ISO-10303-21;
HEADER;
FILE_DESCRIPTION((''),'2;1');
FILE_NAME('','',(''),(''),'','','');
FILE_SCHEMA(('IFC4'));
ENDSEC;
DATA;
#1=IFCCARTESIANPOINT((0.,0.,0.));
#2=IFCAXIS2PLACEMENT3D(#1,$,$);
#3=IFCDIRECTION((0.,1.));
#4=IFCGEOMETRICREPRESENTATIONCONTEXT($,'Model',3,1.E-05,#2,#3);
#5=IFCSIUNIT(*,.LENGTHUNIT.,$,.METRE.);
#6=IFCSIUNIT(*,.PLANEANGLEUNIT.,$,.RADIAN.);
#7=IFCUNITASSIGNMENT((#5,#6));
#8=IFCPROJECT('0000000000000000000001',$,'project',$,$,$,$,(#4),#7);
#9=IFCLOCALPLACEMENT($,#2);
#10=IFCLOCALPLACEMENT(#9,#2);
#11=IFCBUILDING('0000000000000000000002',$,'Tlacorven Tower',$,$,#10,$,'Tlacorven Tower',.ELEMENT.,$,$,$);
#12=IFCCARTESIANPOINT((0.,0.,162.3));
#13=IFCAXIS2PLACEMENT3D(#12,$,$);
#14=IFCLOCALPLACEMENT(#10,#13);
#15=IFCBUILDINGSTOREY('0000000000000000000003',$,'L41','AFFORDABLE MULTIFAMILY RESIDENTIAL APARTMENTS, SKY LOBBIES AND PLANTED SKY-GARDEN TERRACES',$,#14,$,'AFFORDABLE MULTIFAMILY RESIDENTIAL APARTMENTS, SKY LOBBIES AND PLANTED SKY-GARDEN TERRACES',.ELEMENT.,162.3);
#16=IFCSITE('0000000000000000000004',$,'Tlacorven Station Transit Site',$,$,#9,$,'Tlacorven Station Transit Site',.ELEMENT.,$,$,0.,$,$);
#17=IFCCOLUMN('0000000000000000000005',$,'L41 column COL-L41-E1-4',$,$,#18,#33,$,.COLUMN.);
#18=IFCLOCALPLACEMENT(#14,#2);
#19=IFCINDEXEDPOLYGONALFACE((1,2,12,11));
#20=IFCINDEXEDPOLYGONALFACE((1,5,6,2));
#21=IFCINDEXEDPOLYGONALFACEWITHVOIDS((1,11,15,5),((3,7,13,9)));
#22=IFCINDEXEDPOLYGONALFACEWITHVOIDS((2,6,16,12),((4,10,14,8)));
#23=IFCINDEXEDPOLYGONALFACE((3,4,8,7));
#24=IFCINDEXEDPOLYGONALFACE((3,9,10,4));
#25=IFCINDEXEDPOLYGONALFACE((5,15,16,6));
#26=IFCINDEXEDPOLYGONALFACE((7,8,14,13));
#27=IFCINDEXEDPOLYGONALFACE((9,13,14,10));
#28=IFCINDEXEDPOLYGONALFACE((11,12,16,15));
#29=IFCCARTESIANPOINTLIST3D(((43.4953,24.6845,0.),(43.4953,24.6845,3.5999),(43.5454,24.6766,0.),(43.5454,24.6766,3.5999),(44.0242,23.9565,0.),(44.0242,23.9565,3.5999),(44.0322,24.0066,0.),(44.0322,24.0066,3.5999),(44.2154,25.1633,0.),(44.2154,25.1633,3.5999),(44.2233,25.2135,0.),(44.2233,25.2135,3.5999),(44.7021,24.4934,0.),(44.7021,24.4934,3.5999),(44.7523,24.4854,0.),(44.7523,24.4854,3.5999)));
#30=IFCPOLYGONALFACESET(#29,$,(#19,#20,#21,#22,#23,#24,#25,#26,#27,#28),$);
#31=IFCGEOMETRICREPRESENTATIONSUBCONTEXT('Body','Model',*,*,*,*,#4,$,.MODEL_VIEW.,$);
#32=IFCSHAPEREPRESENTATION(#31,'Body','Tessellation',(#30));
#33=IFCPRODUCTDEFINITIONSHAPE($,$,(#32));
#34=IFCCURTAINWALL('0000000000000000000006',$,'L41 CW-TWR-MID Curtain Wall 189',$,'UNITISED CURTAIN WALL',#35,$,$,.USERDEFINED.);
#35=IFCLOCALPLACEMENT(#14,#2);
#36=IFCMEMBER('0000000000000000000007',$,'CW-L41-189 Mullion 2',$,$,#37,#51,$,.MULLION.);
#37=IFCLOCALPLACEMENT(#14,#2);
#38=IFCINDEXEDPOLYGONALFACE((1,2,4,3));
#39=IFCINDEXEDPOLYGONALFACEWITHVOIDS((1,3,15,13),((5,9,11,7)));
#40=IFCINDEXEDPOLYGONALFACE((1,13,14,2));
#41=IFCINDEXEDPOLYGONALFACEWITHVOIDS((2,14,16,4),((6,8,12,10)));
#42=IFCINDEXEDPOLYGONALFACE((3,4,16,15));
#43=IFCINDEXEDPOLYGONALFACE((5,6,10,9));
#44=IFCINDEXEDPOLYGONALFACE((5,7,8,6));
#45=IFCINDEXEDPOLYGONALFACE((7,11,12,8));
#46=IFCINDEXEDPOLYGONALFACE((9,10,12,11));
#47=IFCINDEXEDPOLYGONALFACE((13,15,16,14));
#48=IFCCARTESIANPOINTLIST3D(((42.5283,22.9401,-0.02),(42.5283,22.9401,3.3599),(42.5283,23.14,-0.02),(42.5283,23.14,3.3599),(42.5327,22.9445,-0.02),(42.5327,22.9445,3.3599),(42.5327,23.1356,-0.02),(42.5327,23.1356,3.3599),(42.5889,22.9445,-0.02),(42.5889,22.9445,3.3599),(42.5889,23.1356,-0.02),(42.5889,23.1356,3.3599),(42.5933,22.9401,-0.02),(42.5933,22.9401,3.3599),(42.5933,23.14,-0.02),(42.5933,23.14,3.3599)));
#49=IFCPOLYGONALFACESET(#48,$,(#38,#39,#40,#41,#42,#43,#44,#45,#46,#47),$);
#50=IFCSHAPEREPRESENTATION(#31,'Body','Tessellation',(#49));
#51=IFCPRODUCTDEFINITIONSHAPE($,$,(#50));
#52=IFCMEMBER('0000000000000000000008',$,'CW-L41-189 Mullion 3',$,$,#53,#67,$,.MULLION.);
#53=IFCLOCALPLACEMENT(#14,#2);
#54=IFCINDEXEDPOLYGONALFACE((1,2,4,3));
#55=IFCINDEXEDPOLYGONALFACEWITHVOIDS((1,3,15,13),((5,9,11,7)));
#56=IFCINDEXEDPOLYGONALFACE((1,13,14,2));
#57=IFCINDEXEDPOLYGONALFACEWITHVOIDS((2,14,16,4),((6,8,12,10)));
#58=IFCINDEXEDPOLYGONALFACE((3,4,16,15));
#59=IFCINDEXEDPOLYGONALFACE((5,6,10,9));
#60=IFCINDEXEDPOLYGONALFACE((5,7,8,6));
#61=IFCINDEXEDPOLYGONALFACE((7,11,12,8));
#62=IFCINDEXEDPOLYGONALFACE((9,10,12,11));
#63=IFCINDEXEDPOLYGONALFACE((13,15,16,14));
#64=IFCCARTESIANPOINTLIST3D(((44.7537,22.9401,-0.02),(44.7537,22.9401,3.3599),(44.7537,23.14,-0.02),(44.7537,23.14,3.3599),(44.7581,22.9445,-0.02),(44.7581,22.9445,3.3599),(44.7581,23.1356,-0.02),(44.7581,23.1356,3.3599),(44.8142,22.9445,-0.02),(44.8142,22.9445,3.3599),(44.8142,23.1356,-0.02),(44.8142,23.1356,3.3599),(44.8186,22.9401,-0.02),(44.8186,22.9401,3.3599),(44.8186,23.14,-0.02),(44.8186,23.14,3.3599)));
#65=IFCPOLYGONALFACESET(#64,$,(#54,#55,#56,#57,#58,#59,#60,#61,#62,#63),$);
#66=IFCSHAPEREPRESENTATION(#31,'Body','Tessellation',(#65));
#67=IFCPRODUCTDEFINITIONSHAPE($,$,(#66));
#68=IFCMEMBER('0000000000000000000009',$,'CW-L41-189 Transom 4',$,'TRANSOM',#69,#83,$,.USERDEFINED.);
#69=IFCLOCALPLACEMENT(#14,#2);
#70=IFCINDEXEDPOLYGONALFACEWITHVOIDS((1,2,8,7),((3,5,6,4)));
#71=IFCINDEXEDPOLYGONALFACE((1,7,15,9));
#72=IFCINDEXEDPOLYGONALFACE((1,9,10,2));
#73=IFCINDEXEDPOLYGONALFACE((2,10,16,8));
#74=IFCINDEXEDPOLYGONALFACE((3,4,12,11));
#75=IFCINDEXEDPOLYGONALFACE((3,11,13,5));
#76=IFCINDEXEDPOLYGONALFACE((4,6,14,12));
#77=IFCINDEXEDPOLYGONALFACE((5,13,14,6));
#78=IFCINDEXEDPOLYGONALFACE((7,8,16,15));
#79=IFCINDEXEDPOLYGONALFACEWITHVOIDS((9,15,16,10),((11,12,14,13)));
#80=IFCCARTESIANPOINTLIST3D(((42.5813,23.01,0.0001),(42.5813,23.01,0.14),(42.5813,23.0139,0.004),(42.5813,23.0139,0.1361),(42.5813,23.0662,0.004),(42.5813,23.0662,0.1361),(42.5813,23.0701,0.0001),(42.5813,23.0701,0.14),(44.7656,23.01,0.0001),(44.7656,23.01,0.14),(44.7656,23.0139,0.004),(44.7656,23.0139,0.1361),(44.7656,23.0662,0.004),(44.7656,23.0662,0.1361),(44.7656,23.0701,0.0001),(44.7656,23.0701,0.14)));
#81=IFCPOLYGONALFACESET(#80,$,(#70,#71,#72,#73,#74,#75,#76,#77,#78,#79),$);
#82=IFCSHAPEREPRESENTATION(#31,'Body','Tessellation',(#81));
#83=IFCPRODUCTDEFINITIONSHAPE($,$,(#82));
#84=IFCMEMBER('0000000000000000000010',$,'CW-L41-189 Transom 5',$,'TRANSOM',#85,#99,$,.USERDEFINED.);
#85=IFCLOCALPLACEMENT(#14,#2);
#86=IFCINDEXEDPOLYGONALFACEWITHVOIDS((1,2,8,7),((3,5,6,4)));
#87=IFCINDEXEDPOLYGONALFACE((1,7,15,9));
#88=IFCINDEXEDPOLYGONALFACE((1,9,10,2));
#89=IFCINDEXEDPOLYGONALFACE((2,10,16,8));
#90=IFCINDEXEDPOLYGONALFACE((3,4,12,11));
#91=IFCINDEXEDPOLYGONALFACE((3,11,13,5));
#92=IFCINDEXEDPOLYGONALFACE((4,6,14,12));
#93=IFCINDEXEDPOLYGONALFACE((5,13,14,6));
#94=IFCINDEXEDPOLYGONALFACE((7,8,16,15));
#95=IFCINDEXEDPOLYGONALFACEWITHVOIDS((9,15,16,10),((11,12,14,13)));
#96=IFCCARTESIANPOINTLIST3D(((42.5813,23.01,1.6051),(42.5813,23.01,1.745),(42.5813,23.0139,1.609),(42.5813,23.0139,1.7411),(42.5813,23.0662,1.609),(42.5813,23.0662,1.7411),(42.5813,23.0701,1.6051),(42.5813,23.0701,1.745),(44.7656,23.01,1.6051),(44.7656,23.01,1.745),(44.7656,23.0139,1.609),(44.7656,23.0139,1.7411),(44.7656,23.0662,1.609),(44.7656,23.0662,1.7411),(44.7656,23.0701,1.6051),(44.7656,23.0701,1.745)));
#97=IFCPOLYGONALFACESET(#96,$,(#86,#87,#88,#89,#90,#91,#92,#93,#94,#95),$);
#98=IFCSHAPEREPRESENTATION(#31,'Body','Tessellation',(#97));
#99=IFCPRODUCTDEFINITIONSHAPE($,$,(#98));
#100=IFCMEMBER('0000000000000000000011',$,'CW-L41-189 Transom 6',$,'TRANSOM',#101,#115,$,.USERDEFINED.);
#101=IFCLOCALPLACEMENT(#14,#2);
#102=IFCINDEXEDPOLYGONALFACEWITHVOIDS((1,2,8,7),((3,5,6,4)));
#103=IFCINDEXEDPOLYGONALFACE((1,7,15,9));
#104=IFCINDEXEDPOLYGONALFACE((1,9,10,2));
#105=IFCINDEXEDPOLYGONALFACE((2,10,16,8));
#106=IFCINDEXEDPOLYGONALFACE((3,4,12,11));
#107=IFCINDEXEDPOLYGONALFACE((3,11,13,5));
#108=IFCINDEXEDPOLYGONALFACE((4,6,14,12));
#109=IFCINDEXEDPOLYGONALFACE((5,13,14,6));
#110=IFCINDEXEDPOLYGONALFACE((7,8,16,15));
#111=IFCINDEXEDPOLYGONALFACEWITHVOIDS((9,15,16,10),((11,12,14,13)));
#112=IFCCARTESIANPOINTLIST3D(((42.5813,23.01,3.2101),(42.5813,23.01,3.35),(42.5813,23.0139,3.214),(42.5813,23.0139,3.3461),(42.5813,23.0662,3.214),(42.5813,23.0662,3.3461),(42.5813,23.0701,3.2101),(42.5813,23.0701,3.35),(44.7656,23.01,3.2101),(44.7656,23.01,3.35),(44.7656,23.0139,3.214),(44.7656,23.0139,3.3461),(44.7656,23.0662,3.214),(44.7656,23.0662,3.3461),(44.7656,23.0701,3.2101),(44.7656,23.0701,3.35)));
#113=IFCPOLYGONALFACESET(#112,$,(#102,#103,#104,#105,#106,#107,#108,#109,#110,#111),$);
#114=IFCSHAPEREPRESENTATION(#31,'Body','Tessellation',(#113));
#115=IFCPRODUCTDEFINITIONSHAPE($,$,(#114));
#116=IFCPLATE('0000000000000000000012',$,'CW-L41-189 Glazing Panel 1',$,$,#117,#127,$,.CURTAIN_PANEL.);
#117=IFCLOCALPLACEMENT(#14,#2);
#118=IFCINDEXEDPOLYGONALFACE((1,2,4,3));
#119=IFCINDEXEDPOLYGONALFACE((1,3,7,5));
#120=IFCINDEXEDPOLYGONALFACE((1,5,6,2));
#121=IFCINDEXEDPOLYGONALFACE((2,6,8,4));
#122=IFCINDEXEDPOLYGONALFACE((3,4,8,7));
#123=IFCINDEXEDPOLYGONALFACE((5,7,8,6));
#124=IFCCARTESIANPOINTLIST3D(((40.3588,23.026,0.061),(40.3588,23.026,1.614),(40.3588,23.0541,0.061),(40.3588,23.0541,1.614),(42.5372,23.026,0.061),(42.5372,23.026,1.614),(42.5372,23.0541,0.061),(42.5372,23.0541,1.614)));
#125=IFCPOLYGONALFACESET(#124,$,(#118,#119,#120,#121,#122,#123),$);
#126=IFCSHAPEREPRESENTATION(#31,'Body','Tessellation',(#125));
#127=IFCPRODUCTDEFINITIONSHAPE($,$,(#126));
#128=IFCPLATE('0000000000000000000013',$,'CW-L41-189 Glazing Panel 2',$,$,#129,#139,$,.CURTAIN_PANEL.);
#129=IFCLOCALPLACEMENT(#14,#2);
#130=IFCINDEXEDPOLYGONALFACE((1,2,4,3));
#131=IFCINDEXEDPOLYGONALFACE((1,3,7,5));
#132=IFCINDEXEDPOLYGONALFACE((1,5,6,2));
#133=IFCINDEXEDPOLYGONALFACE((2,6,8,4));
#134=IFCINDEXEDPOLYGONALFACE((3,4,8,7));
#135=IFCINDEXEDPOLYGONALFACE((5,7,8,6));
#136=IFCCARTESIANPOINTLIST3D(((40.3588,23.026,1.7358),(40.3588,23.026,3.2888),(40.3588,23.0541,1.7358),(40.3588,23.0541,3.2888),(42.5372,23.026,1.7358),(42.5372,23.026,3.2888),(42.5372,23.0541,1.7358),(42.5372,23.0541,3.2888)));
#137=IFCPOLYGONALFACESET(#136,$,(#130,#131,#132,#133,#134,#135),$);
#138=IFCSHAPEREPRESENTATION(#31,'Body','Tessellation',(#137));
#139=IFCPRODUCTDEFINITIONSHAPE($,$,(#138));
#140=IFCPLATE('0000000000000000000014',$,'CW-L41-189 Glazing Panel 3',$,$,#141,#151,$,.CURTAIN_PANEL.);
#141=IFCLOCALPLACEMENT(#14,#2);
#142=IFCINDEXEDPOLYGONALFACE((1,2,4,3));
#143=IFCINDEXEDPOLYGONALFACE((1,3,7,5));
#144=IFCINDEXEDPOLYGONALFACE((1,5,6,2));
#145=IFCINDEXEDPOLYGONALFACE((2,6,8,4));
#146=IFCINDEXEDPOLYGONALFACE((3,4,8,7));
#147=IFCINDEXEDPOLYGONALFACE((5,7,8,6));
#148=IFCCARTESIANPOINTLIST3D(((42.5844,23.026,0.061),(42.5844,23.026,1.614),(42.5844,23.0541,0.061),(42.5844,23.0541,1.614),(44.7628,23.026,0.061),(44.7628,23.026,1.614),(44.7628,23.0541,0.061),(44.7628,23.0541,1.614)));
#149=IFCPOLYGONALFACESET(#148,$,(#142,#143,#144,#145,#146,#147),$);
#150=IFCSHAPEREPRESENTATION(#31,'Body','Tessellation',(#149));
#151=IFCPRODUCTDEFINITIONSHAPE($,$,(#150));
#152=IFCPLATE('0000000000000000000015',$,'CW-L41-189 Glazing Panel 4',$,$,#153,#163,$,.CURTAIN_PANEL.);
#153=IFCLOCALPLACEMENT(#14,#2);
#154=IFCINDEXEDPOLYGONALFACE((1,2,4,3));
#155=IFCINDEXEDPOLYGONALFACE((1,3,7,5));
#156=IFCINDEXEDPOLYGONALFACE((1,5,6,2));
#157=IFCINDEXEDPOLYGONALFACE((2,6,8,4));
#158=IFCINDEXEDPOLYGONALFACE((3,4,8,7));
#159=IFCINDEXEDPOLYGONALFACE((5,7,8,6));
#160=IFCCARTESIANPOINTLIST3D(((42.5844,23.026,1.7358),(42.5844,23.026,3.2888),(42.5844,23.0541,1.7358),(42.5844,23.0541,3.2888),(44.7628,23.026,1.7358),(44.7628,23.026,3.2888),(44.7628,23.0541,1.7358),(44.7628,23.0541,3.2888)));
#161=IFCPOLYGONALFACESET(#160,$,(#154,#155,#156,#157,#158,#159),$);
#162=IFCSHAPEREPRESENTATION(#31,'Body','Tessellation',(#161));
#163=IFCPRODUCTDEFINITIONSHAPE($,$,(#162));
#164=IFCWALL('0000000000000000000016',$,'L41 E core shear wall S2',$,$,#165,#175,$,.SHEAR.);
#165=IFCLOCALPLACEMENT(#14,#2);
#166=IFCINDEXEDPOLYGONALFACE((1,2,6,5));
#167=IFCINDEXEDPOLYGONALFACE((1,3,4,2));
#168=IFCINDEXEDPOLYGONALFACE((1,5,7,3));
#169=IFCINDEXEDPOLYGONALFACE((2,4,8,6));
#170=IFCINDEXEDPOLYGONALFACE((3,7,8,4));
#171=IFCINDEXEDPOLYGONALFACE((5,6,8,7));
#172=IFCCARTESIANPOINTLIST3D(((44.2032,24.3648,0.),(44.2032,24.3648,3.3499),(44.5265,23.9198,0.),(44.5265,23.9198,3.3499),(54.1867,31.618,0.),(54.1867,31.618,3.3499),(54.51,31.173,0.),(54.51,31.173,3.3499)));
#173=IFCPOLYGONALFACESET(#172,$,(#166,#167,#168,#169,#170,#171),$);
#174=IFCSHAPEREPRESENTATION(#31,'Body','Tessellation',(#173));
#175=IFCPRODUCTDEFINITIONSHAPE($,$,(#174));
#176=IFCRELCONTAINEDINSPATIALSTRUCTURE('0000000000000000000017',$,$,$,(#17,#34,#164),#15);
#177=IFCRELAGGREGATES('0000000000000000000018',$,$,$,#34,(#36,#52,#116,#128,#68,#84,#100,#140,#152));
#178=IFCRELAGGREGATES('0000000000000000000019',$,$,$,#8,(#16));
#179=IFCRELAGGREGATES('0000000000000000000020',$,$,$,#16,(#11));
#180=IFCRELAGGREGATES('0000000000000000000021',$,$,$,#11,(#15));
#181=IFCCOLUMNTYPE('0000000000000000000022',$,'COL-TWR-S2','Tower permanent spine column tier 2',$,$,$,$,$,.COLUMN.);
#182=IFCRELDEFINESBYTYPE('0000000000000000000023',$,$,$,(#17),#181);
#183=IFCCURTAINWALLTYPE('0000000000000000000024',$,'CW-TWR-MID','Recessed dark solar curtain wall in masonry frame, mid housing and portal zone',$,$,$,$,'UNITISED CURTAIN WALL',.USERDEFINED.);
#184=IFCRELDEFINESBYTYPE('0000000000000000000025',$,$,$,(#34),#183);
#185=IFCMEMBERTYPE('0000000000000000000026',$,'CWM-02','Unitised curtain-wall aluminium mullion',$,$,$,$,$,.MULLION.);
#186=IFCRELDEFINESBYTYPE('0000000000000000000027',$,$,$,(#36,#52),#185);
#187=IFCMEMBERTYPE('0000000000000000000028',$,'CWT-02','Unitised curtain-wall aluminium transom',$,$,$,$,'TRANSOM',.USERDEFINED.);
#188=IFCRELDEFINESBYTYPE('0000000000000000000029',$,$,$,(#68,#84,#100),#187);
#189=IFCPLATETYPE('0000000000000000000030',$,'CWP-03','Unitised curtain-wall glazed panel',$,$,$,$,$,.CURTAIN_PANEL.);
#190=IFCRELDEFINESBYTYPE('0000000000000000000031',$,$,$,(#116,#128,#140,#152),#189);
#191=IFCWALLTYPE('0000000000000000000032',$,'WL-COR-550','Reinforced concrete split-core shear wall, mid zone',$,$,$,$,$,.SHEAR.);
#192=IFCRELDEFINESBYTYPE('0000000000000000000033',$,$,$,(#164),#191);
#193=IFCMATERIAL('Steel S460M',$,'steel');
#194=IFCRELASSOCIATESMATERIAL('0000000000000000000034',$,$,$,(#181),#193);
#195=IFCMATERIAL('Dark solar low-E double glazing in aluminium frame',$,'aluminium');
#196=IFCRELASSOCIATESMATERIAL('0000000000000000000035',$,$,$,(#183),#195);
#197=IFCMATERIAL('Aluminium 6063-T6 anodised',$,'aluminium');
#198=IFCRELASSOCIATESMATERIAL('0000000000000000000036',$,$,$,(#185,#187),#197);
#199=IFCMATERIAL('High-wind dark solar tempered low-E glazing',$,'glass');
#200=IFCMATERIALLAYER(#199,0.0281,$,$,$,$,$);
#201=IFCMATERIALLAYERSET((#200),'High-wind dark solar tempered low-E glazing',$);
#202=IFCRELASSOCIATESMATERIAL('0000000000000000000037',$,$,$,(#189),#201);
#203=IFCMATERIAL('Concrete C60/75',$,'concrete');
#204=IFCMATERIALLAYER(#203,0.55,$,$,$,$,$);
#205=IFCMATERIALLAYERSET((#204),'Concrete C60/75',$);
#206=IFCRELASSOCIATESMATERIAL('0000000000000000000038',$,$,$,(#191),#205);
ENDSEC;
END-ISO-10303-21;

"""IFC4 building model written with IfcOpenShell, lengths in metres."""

from ifc_helpers import new_model, si_unit, direction, frame, frame_2d, origin, origin_2d, place, context, subcontext, project, spatial, rectangle, hollow_rectangle, extrude, source, transform, mapped, material, layer, layer_set, material_profile, profile_set, type_object, element, aggregate, save


model = new_model("IFC4")

# Units and contexts
model_context = context("Model", 3, precision=1e-05, world=origin(), true_north=direction((0.0, 1.0)))
body_context = subcontext(model_context, "Body", "Model", "MODEL_VIEW")
ifc_project = project(units=[si_unit("LENGTHUNIT", "METRE"), si_unit("PLANEANGLEUNIT", "RADIAN")], contexts=[model_context])

# Site, building, storey
site_placement = place(None, origin())
site = spatial("IfcSite", under=ifc_project, at=site_placement, Name="Tlacorven Station Transit Site", LongName="Tlacorven Station Transit Site", CompositionType="ELEMENT", RefElevation=0.0)
building_placement = place(site_placement, origin())
building = spatial("IfcBuilding", under=site, at=building_placement, Name="Tlacorven Tower", LongName="Tlacorven Tower", CompositionType="ELEMENT")
storey_placement = place(building_placement, frame((0.0, 0.0, 162.3)))
storey = spatial("IfcBuildingStorey", under=building, at=storey_placement, Name="L41", Description="AFFORDABLE MULTIFAMILY RESIDENTIAL APARTMENTS, SKY LOBBIES AND PLANTED SKY-GARDEN TERRACES", LongName="AFFORDABLE MULTIFAMILY RESIDENTIAL APARTMENTS, SKY LOBBIES AND PLANTED SKY-GARDEN TERRACES", CompositionType="ELEMENT", Elevation=162.3)

# Column
ifc_material_1 = material(Name="Steel S460M", Category="steel")
ifc_material_profile_1 = material_profile(ifc_material_1, hollow_rectangle(XDim=0.8999, YDim=0.8999, WallThickness=0.0359, at=origin_2d()), Name="BOX 900X900X36")
ifc_profile_set_1 = profile_set([ifc_material_profile_1], Name="Steel S460M")
column_type = type_object("IfcColumnType", Name="COL-TWR-S2", Description="Tower permanent spine column tier 2", PredefinedType="COLUMN", material=ifc_profile_set_1)
shared_shape_1 = source(origin(), body_context, "Body", "SweptSolid", [
    extrude(hollow_rectangle(XDim=0.8999, YDim=0.8999, WallThickness=0.0359, at=origin_2d()), origin(), (0.0, 0.0, 1.0), 3.5999),
])
column_placement = place(storey_placement, frame((44.1238, 24.585, 0.0), z_axis=(0.0, 0.0, 1.0), x_axis=(0.809017, 0.587785, 0.0)))
element("IfcColumn", 1, at=column_placement, inside=storey, type_object=column_type, Name="L41 column COL-L41-E1-4", PredefinedType="COLUMN", context=body_context, shape_type="MappedRepresentation", body=[
    mapped(shared_shape_1, transform((0.0, 0.0, 0.0), scale=1.0)),
])

# Curtain wall, members, plates
ifc_material_2 = material(Name="Dark solar low-E double glazing in aluminium frame", Category="aluminium")
curtain_wall_type = type_object("IfcCurtainWallType", Name="CW-TWR-MID", Description="Recessed dark solar curtain wall in masonry frame, mid housing and portal zone", ElementType="UNITISED CURTAIN WALL", PredefinedType="USERDEFINED", material=ifc_material_2)
curtain_wall_placement = place(storey_placement, origin())
curtain_wall = element("IfcCurtainWall", 2, at=curtain_wall_placement, inside=storey, type_object=curtain_wall_type, Name="L41 CW-TWR-MID Curtain Wall 189", ObjectType="UNITISED CURTAIN WALL", PredefinedType="USERDEFINED")
ifc_material_3 = material(Name="Aluminium 6063-T6 anodised", Category="aluminium")
ifc_material_profile_2 = material_profile(ifc_material_3, hollow_rectangle(XDim=0.0649, YDim=0.2, WallThickness=0.0044, at=origin_2d()), Name="ALU MULLION 65X200")
ifc_profile_set_2 = profile_set([ifc_material_profile_2], Name="Aluminium 6063-T6 anodised")
member_type_1 = type_object("IfcMemberType", Name="CWM-02", Description="Unitised curtain-wall aluminium mullion", PredefinedType="MULLION", material=ifc_profile_set_2)
shared_shape_2 = source(origin(), body_context, "Body", "SweptSolid", [
    extrude(hollow_rectangle(XDim=0.0649, YDim=0.2, WallThickness=0.0044, at=origin_2d()), origin(), (0.0, 0.0, 1.0), 3.3799),
])
member_1_placement = place(storey_placement, frame((42.5608, 23.04, -0.02), z_axis=(0.0, 0.0, 1.0), x_axis=(1.0, 0.0, 0.0)))
member_1 = element("IfcMember", 3, at=member_1_placement, type_object=member_type_1, Name="CW-L41-189 Mullion 2", PredefinedType="MULLION", context=body_context, shape_type="MappedRepresentation", body=[
    mapped(shared_shape_2, transform((0.0, 0.0, 0.0), scale=1.0)),
])
member_2_placement = place(storey_placement, frame((44.7861, 23.04, -0.02), z_axis=(0.0, 0.0, 1.0), x_axis=(1.0, 0.0, 0.0)))
member_2 = element("IfcMember", 4, at=member_2_placement, type_object=member_type_1, Name="CW-L41-189 Mullion 3", PredefinedType="MULLION", context=body_context, shape_type="MappedRepresentation", body=[
    mapped(shared_shape_2, transform((0.0, 0.0, 0.0), scale=1.0)),
])
ifc_material_profile_3 = material_profile(ifc_material_3, hollow_rectangle(XDim=0.0601, YDim=0.1399, WallThickness=0.0039, at=origin_2d()), Name="ALU TRANSOM 60X140")
ifc_profile_set_3 = profile_set([ifc_material_profile_3], Name="Aluminium 6063-T6 anodised")
member_type_2 = type_object("IfcMemberType", Name="CWT-02", Description="Unitised curtain-wall aluminium transom", ElementType="TRANSOM", PredefinedType="USERDEFINED", material=ifc_profile_set_3)
shared_shape_3 = source(origin(), body_context, "Body", "SweptSolid", [
    extrude(hollow_rectangle(XDim=0.0601, YDim=0.1399, WallThickness=0.0039, at=origin_2d()), origin(), (0.0, 0.0, 1.0), 2.1843),
])
member_3_placement = place(storey_placement, frame((42.5813, 23.04, 0.0701), z_axis=(1.0, 0.0, 0.0), x_axis=(0.0, 1.0, 0.0)))
member_3 = element("IfcMember", 5, at=member_3_placement, type_object=member_type_2, Name="CW-L41-189 Transom 4", ObjectType="TRANSOM", PredefinedType="USERDEFINED", context=body_context, shape_type="MappedRepresentation", body=[
    mapped(shared_shape_3, transform((0.0, 0.0, 0.0), scale=1.0)),
])
member_4_placement = place(storey_placement, frame((42.5813, 23.04, 1.675), z_axis=(1.0, 0.0, 0.0), x_axis=(0.0, 1.0, 0.0)))
member_4 = element("IfcMember", 6, at=member_4_placement, type_object=member_type_2, Name="CW-L41-189 Transom 5", ObjectType="TRANSOM", PredefinedType="USERDEFINED", context=body_context, shape_type="MappedRepresentation", body=[
    mapped(shared_shape_3, transform((0.0, 0.0, 0.0), scale=1.0)),
])
member_5_placement = place(storey_placement, frame((42.5813, 23.04, 3.28), z_axis=(1.0, 0.0, 0.0), x_axis=(0.0, 1.0, 0.0)))
member_5 = element("IfcMember", 7, at=member_5_placement, type_object=member_type_2, Name="CW-L41-189 Transom 6", ObjectType="TRANSOM", PredefinedType="USERDEFINED", context=body_context, shape_type="MappedRepresentation", body=[
    mapped(shared_shape_3, transform((0.0, 0.0, 0.0), scale=1.0)),
])
ifc_material_4 = material(Name="High-wind dark solar tempered low-E glazing", Category="glass")
ifc_layer_1 = layer(ifc_material_4, 0.0281)
ifc_layer_set_1 = layer_set([ifc_layer_1], Name="High-wind dark solar tempered low-E glazing")
plate_type = type_object("IfcPlateType", Name="CWP-03", Description="Unitised curtain-wall glazed panel", PredefinedType="CURTAIN_PANEL", material=ifc_layer_set_1)
shared_shape_4 = source(origin(), body_context, "Body", "SweptSolid", [
    extrude(rectangle(XDim=2.1785, YDim=0.0281, at=origin_2d()), origin(), (0.0, 0.0, 1.0), 1.553),
])
plate_1_placement = place(storey_placement, frame((41.448, 23.04, 0.061), z_axis=(0.0, 0.0, 1.0), x_axis=(1.0, 0.0, 0.0)))
plate_1 = element("IfcPlate", 8, at=plate_1_placement, type_object=plate_type, Name="CW-L41-189 Glazing Panel 1", PredefinedType="CURTAIN_PANEL", context=body_context, shape_type="MappedRepresentation", body=[
    mapped(shared_shape_4, transform((0.0, 0.0, 0.0), scale=1.0)),
])
plate_2_placement = place(storey_placement, frame((41.448, 23.04, 1.7358), z_axis=(0.0, 0.0, 1.0), x_axis=(1.0, 0.0, 0.0)))
plate_2 = element("IfcPlate", 9, at=plate_2_placement, type_object=plate_type, Name="CW-L41-189 Glazing Panel 2", PredefinedType="CURTAIN_PANEL", context=body_context, shape_type="MappedRepresentation", body=[
    mapped(shared_shape_4, transform((0.0, 0.0, 0.0), scale=1.0)),
])
plate_3_placement = place(storey_placement, frame((43.6736, 23.04, 0.061), z_axis=(0.0, 0.0, 1.0), x_axis=(1.0, 0.0, 0.0)))
plate_3 = element("IfcPlate", 10, at=plate_3_placement, type_object=plate_type, Name="CW-L41-189 Glazing Panel 3", PredefinedType="CURTAIN_PANEL", context=body_context, shape_type="MappedRepresentation", body=[
    mapped(shared_shape_4, transform((0.0, 0.0, 0.0), scale=1.0)),
])
plate_4_placement = place(storey_placement, frame((43.6736, 23.04, 1.7358), z_axis=(0.0, 0.0, 1.0), x_axis=(1.0, 0.0, 0.0)))
plate_4 = element("IfcPlate", 11, at=plate_4_placement, type_object=plate_type, Name="CW-L41-189 Glazing Panel 4", PredefinedType="CURTAIN_PANEL", context=body_context, shape_type="MappedRepresentation", body=[
    mapped(shared_shape_4, transform((0.0, 0.0, 0.0), scale=1.0)),
])
aggregate(curtain_wall, [member_1, member_2, plate_1, plate_2, member_3, member_4, member_5, plate_3, plate_4])

# Wall
ifc_material_5 = material(Name="Concrete C60/75", Category="concrete")
ifc_layer_2 = layer(ifc_material_5, 0.55)
ifc_layer_set_2 = layer_set([ifc_layer_2], Name="Concrete C60/75")
wall_type_1 = type_object("IfcWallType", Name="WL-COR-550", Description="Reinforced concrete split-core shear wall, mid zone", PredefinedType="SHEAR", material=ifc_layer_set_2)
wall_1_placement = place(storey_placement, frame((44.365, 24.1423, 0.0), z_axis=(0.0, 0.0, 1.0), x_axis=(0.809024, 0.587775, 0.0)))
element("IfcWall", 12, at=wall_1_placement, inside=storey, type_object=wall_type_1, Name="L41 E core shear wall S2", PredefinedType="SHEAR", context=body_context, shape_type="SweptSolid", body=[
    extrude(rectangle(XDim=12.3401, YDim=0.55, at=frame_2d((6.1699, 0.0))), origin(), (0.0, 0.0, 1.0), 3.3499),
])

save(model, "model.ifc")
